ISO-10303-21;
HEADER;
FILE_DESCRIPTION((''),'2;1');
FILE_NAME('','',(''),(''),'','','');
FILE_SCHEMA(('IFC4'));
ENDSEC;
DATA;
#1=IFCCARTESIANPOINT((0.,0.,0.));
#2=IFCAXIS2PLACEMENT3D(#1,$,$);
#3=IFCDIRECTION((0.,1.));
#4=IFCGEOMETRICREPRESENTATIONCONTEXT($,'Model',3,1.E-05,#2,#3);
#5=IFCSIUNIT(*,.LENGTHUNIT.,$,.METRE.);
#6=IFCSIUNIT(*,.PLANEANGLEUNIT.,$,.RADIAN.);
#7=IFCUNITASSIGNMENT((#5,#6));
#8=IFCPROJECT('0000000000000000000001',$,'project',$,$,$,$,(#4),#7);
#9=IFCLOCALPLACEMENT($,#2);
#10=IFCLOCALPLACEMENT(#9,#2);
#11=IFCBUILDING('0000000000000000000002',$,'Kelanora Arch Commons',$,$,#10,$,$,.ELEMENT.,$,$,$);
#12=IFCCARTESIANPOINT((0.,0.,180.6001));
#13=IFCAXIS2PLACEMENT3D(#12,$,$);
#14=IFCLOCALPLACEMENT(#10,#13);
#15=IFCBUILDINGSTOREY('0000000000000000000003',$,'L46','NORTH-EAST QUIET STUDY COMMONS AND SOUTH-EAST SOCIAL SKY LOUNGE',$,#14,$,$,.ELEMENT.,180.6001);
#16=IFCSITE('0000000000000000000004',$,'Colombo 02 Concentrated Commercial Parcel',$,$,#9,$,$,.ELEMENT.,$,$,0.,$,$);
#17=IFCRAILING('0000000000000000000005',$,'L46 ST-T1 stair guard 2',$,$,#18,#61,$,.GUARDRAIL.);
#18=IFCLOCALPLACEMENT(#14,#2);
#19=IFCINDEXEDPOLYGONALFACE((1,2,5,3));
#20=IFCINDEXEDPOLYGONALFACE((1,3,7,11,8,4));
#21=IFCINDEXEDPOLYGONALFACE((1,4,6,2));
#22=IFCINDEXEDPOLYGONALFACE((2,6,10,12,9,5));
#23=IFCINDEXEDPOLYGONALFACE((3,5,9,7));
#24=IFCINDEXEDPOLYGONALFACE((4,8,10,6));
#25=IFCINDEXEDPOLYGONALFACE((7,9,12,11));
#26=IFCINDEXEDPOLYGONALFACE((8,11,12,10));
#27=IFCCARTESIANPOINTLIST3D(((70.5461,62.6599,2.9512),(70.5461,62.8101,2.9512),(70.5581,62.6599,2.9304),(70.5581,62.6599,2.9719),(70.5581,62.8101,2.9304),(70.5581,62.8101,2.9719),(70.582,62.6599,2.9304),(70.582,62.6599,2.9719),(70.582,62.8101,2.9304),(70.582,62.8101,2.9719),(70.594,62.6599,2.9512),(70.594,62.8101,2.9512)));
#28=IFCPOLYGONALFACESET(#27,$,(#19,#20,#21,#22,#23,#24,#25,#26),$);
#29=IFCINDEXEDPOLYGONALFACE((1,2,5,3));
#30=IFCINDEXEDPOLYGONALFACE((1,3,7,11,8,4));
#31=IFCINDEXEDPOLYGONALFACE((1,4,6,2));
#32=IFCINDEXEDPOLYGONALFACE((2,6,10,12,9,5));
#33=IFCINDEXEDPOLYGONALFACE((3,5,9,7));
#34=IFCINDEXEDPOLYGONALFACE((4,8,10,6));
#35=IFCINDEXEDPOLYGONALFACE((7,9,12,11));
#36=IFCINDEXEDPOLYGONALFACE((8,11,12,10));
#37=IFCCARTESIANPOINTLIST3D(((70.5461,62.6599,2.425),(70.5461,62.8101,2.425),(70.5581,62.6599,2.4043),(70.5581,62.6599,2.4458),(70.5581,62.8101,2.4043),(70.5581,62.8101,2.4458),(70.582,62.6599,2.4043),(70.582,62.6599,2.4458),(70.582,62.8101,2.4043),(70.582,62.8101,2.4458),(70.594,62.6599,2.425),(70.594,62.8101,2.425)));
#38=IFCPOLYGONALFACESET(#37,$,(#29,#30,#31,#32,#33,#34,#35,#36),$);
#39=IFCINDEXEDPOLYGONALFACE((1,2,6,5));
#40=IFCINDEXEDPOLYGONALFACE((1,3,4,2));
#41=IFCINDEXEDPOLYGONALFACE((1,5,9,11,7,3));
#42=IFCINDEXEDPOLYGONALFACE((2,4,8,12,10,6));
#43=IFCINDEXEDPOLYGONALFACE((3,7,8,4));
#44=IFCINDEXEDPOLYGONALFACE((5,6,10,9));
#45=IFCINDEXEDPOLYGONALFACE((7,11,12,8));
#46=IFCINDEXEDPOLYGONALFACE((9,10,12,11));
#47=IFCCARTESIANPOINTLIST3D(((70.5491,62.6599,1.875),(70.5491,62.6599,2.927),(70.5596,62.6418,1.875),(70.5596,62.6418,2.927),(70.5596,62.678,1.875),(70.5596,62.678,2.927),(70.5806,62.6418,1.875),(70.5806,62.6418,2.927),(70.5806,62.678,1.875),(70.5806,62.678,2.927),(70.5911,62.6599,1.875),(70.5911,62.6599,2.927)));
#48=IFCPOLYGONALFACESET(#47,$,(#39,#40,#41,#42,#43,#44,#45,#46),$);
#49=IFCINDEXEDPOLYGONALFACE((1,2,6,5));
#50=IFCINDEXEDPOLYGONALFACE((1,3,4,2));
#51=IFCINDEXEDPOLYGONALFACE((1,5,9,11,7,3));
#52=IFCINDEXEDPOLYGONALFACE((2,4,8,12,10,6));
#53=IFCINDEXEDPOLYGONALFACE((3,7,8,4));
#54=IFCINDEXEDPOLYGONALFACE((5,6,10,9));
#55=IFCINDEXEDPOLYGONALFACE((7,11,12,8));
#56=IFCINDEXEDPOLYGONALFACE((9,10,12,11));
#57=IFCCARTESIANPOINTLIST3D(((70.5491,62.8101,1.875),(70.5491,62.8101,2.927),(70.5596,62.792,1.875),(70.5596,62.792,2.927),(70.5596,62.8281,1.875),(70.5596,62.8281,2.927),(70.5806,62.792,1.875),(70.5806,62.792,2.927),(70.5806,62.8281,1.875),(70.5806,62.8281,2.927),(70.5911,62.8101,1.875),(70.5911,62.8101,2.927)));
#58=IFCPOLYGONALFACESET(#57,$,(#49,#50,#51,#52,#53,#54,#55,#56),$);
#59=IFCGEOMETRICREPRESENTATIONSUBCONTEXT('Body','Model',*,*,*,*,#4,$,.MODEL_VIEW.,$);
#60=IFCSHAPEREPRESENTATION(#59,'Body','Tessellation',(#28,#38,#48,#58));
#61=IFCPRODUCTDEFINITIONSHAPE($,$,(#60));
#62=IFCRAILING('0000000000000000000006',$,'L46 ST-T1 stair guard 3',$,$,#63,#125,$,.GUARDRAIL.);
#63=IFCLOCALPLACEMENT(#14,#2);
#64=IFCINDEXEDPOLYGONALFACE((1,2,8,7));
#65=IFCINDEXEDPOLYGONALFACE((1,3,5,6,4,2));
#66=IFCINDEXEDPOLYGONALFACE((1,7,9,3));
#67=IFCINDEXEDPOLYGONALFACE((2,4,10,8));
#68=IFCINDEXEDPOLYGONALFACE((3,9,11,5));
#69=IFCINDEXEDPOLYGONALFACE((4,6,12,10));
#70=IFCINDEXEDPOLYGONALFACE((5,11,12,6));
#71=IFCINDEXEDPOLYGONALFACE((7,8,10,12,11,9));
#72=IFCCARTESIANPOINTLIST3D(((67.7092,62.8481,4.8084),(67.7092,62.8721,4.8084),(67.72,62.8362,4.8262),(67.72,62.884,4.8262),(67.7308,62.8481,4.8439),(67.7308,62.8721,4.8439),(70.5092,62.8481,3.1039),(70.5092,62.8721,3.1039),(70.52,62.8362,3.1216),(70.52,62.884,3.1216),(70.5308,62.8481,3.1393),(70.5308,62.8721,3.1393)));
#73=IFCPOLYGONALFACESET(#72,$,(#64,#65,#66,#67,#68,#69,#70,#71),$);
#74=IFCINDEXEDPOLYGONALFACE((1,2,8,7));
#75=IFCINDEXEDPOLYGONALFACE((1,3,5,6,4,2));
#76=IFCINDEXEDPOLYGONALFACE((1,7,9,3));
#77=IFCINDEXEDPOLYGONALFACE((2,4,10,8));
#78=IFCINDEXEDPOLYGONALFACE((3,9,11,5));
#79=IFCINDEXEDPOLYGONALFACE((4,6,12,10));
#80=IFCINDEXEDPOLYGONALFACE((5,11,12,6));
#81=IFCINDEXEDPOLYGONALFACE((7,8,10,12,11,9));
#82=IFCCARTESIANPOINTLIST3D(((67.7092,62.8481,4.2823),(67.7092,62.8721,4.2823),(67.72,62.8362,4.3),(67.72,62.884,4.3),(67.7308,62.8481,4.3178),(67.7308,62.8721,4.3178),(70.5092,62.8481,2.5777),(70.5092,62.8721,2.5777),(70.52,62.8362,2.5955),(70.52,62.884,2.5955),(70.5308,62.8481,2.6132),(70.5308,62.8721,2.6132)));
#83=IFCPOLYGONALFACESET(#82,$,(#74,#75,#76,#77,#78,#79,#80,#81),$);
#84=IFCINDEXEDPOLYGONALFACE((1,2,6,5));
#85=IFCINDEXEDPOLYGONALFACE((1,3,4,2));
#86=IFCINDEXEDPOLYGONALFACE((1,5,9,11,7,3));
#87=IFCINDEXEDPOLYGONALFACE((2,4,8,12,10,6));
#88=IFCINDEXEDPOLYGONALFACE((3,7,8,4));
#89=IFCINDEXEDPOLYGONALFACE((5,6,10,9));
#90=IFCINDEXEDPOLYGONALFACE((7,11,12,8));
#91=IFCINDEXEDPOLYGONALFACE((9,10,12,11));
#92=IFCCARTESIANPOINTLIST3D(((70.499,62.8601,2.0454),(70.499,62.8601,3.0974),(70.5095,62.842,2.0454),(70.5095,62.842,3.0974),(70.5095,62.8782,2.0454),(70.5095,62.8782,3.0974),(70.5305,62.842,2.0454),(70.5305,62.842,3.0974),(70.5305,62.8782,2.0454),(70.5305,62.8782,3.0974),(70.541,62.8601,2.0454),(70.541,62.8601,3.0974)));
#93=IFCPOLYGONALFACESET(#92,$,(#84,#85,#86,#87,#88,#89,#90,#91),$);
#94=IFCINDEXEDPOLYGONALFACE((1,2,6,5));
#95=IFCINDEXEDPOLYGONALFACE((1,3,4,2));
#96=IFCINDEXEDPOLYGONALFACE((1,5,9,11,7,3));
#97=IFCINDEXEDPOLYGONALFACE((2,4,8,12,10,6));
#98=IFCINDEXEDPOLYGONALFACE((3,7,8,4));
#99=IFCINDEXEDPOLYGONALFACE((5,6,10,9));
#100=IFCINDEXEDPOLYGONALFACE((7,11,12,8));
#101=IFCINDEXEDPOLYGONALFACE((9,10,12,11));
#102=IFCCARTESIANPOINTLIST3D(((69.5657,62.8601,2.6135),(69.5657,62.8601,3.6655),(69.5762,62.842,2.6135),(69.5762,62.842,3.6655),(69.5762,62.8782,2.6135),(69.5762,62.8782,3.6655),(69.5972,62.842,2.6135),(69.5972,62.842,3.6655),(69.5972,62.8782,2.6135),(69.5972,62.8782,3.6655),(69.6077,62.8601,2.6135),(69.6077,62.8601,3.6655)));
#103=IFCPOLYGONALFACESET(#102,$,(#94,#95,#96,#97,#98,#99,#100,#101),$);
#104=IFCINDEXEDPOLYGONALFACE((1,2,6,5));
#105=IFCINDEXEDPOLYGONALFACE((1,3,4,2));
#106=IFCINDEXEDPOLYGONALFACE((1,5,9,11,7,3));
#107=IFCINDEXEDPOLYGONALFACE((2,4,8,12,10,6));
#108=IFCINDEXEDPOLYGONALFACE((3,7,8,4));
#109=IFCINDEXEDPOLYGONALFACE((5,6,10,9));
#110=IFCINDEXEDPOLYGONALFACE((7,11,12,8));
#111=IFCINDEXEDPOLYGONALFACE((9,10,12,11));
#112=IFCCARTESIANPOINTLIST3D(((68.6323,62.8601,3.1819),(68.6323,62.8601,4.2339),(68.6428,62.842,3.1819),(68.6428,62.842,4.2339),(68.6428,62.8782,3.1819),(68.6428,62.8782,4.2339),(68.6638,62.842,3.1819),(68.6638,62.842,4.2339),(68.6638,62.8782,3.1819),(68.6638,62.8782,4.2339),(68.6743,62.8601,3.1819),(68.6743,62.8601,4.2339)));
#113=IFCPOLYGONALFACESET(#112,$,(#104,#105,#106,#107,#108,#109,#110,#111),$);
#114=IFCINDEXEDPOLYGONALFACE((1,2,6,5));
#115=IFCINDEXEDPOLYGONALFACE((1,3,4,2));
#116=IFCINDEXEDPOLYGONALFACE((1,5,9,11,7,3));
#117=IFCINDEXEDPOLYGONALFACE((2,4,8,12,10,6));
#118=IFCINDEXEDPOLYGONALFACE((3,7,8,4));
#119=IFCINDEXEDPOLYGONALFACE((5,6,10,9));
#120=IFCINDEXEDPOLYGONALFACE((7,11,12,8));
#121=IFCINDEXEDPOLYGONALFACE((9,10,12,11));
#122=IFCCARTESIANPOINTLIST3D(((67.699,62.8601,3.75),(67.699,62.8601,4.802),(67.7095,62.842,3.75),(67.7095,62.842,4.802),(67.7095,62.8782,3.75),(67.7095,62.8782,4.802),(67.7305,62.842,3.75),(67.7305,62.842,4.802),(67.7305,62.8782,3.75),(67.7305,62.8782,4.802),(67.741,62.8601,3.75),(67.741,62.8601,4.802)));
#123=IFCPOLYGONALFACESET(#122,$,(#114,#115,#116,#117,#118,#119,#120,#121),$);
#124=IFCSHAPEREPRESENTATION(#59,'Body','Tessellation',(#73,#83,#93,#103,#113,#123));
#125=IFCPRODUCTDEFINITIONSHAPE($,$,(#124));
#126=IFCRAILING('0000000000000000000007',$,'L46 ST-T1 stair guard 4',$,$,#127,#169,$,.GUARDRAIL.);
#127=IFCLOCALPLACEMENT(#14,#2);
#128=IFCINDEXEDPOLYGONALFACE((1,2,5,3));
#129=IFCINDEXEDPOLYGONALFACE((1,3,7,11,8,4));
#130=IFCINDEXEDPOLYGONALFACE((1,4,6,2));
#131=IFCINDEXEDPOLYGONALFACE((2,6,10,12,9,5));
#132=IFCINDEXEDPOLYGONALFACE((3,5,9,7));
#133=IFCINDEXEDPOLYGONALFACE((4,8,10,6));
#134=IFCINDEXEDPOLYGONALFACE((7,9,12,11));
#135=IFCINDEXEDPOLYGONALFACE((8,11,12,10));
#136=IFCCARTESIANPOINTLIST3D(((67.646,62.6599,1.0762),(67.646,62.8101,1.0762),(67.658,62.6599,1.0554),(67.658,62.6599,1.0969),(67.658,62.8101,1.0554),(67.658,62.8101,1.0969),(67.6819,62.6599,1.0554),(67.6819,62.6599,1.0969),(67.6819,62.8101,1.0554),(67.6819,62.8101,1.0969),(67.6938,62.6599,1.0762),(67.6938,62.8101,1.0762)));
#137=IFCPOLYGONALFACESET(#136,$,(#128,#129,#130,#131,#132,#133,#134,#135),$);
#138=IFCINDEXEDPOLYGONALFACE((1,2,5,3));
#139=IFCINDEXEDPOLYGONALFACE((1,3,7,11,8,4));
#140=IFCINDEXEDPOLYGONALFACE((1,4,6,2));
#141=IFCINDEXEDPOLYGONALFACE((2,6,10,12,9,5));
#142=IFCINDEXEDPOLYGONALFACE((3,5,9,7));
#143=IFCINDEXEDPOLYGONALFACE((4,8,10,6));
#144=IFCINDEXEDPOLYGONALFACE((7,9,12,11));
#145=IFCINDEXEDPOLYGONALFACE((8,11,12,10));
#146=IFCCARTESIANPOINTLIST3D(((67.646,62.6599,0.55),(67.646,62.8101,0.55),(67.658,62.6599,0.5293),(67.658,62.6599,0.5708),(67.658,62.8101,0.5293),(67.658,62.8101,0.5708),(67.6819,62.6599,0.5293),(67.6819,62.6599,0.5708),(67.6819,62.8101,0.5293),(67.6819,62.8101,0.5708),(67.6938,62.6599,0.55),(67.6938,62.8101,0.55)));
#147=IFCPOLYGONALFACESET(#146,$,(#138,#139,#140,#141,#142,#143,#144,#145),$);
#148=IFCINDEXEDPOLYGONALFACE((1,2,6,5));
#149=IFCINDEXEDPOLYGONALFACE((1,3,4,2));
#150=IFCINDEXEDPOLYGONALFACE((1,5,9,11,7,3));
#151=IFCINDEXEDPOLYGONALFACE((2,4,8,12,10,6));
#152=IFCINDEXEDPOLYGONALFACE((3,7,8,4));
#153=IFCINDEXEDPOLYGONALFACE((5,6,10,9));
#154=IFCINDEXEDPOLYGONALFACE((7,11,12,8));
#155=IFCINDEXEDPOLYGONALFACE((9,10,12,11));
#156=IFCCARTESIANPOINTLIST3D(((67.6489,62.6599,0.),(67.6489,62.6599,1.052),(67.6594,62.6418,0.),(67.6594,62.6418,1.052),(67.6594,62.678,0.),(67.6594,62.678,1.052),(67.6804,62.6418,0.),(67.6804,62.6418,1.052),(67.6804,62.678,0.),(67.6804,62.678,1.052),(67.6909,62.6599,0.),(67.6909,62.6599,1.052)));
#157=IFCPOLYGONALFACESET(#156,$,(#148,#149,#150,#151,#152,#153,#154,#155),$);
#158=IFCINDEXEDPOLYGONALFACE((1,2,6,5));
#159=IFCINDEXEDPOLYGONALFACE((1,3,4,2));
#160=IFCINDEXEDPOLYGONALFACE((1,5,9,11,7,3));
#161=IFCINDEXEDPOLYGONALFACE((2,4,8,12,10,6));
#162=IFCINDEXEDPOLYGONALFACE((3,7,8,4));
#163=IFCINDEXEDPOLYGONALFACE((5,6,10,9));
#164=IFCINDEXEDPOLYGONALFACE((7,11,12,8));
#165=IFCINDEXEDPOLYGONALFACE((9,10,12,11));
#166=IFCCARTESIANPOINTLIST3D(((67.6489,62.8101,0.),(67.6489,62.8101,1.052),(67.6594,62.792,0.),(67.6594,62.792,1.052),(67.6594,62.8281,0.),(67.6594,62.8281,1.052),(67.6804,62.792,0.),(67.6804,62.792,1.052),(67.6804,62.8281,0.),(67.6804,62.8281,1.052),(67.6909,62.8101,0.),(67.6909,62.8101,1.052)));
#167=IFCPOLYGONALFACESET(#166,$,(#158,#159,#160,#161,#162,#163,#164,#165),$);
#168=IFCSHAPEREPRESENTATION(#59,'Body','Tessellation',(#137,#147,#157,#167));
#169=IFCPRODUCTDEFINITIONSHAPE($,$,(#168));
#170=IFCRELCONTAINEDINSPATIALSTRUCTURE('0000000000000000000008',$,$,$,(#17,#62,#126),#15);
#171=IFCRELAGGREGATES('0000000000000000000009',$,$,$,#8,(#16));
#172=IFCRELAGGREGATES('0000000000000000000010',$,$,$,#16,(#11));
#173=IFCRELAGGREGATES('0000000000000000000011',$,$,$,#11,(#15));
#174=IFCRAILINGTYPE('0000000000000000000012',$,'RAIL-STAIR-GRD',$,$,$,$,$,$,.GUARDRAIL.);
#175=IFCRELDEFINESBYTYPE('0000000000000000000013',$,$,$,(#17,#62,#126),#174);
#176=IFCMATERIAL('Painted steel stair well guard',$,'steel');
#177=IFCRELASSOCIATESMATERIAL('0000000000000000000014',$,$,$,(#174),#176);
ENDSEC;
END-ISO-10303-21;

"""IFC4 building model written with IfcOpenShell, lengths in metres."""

from ifc_helpers import new_model, si_unit, direction, frame, origin, place, context, subcontext, project, spatial, polyline, outline, extrude, material, type_object, element, save


model = new_model("IFC4")

# Units and contexts
model_context = context("Model", 3, precision=1e-05, world=origin(), true_north=direction((0.0, 1.0)))
body_context = subcontext(model_context, "Body", "Model", "MODEL_VIEW")
ifc_project = project(units=[si_unit("LENGTHUNIT", "METRE"), si_unit("PLANEANGLEUNIT", "RADIAN")], contexts=[model_context])

# Site, building, storey
site_placement = place(None, origin())
site = spatial("IfcSite", under=ifc_project, at=site_placement, Name="Colombo 02 Concentrated Commercial Parcel", CompositionType="ELEMENT", RefElevation=0.0)
building_placement = place(site_placement, origin())
building = spatial("IfcBuilding", under=site, at=building_placement, Name="Kelanora Arch Commons", CompositionType="ELEMENT")
storey_placement = place(building_placement, frame((0.0, 0.0, 180.6001)))
storey = spatial("IfcBuildingStorey", under=building, at=storey_placement, Name="L46", Description="NORTH-EAST QUIET STUDY COMMONS AND SOUTH-EAST SOCIAL SKY LOUNGE", CompositionType="ELEMENT", Elevation=180.6001)

# Railings
ifc_material_1 = material(Name="Painted steel stair well guard", Category="steel")
railing_type_1 = type_object("IfcRailingType", Name="RAIL-STAIR-GRD", PredefinedType="GUARDRAIL", material=ifc_material_1)
railing_1_placement = place(storey_placement, frame((70.5701, 62.6599, 1.875)))
element("IfcRailing", 1, at=railing_1_placement, inside=storey, type_object=railing_type_1, Name="L46 ST-T1 stair guard 2", PredefinedType="GUARDRAIL", context=body_context, shape_type="SweptSolid", body=[
    extrude(outline(polyline([(0.0239, 0.0), (0.012, 0.0208), (-0.012, 0.0208), (-0.0239, 0.0), (-0.012, -0.0208), (0.012, -0.0208), (0.0239, 0.0)])), frame((0.0, 0.0, 1.0762), z_axis=(0.0, 1.0, 0.0), x_axis=(-1.0, 0.0, 0.0)), (0.0, 0.0, 1.0), 0.1501),
    extrude(outline(polyline([(0.0239, 0.0), (0.012, 0.0208), (-0.012, 0.0208), (-0.0239, 0.0), (-0.012, -0.0208), (0.012, -0.0208), (0.0239, 0.0)])), frame((0.0, 0.0, 0.55), z_axis=(0.0, 1.0, 0.0), x_axis=(-1.0, 0.0, 0.0)), (0.0, 0.0, 1.0), 0.1501),
    extrude(outline(polyline([(0.021, 0.0), (0.0105, 0.0181), (-0.0105, 0.0181), (-0.021, 0.0), (-0.0105, -0.0181), (0.0105, -0.0181), (0.021, 0.0)])), origin(), (0.0, 0.0, 1.0), 1.052),
    extrude(outline(polyline([(0.021, 0.0), (0.0105, 0.0181), (-0.0105, 0.0181), (-0.021, 0.0), (-0.0105, -0.0181), (0.0105, -0.0181), (0.021, 0.0)])), frame((0.0, 0.1501, 0.0)), (0.0, 0.0, 1.0), 1.052),
])
railing_2_placement = place(storey_placement, frame((70.52, 62.8601, 2.0454)))
element("IfcRailing", 2, at=railing_2_placement, inside=storey, type_object=railing_type_1, Name="L46 ST-T1 stair guard 3", PredefinedType="GUARDRAIL", context=body_context, shape_type="SweptSolid", body=[
    extrude(outline(polyline([(0.0239, 0.0), (0.012, 0.0208), (-0.012, 0.0208), (-0.0239, 0.0), (-0.012, -0.0208), (0.012, -0.0208), (0.0239, 0.0)])), frame((0.0, 0.0, 1.0762), z_axis=(-0.85417, 0.0, 0.519994), x_axis=(0.0, -1.0, 0.0)), (0.0, 0.0, 1.0), 3.2781),
    extrude(outline(polyline([(0.0239, 0.0), (0.012, 0.0208), (-0.012, 0.0208), (-0.0239, 0.0), (-0.012, -0.0208), (0.012, -0.0208), (0.0239, 0.0)])), frame((0.0, 0.0, 0.55), z_axis=(-0.85417, 0.0, 0.519994), x_axis=(0.0, -1.0, 0.0)), (0.0, 0.0, 1.0), 3.2781),
    extrude(outline(polyline([(0.021, 0.0), (0.0105, 0.0181), (-0.0105, 0.0181), (-0.021, 0.0), (-0.0105, -0.0181), (0.0105, -0.0181), (0.021, 0.0)])), origin(), (0.0, 0.0, 1.0), 1.052),
    extrude(outline(polyline([(0.021, 0.0), (0.0105, 0.0181), (-0.0105, 0.0181), (-0.021, 0.0), (-0.0105, -0.0181), (0.0105, -0.0181), (0.021, 0.0)])), frame((-0.9333, 0.0, 0.5681)), (0.0, 0.0, 1.0), 1.052),
    extrude(outline(polyline([(0.021, 0.0), (0.0105, 0.0181), (-0.0105, 0.0181), (-0.021, 0.0), (-0.0105, -0.0181), (0.0105, -0.0181), (0.021, 0.0)])), frame((-1.8667, 0.0, 1.1365)), (0.0, 0.0, 1.0), 1.052),
    extrude(outline(polyline([(0.021, 0.0), (0.0105, 0.0181), (-0.0105, 0.0181), (-0.021, 0.0), (-0.0105, -0.0181), (0.0105, -0.0181), (0.021, 0.0)])), frame((-2.8, 0.0, 1.7046)), (0.0, 0.0, 1.0), 1.052),
])
railing_3_placement = place(storey_placement, frame((67.6699, 62.6599, 0.0)))
element("IfcRailing", 3, at=railing_3_placement, inside=storey, type_object=railing_type_1, Name="L46 ST-T1 stair guard 4", PredefinedType="GUARDRAIL", context=body_context, shape_type="SweptSolid", body=[
    extrude(outline(polyline([(0.0239, 0.0), (0.012, 0.0208), (-0.012, 0.0208), (-0.0239, 0.0), (-0.012, -0.0208), (0.012, -0.0208), (0.0239, 0.0)])), frame((0.0, 0.0, 1.0762), z_axis=(0.0, 1.0, 0.0), x_axis=(-1.0, 0.0, 0.0)), (0.0, 0.0, 1.0), 0.1501),
    extrude(outline(polyline([(0.0239, 0.0), (0.012, 0.0208), (-0.012, 0.0208), (-0.0239, 0.0), (-0.012, -0.0208), (0.012, -0.0208), (0.0239, 0.0)])), frame((0.0, 0.0, 0.55), z_axis=(0.0, 1.0, 0.0), x_axis=(-1.0, 0.0, 0.0)), (0.0, 0.0, 1.0), 0.1501),
    extrude(outline(polyline([(0.021, 0.0), (0.0105, 0.0181), (-0.0105, 0.0181), (-0.021, 0.0), (-0.0105, -0.0181), (0.0105, -0.0181), (0.021, 0.0)])), origin(), (0.0, 0.0, 1.0), 1.052),
    extrude(outline(polyline([(0.021, 0.0), (0.0105, 0.0181), (-0.0105, 0.0181), (-0.021, 0.0), (-0.0105, -0.0181), (0.0105, -0.0181), (0.021, 0.0)])), frame((0.0, 0.1501, 0.0)), (0.0, 0.0, 1.0), 1.052),
])

save(model, "model.ifc")
